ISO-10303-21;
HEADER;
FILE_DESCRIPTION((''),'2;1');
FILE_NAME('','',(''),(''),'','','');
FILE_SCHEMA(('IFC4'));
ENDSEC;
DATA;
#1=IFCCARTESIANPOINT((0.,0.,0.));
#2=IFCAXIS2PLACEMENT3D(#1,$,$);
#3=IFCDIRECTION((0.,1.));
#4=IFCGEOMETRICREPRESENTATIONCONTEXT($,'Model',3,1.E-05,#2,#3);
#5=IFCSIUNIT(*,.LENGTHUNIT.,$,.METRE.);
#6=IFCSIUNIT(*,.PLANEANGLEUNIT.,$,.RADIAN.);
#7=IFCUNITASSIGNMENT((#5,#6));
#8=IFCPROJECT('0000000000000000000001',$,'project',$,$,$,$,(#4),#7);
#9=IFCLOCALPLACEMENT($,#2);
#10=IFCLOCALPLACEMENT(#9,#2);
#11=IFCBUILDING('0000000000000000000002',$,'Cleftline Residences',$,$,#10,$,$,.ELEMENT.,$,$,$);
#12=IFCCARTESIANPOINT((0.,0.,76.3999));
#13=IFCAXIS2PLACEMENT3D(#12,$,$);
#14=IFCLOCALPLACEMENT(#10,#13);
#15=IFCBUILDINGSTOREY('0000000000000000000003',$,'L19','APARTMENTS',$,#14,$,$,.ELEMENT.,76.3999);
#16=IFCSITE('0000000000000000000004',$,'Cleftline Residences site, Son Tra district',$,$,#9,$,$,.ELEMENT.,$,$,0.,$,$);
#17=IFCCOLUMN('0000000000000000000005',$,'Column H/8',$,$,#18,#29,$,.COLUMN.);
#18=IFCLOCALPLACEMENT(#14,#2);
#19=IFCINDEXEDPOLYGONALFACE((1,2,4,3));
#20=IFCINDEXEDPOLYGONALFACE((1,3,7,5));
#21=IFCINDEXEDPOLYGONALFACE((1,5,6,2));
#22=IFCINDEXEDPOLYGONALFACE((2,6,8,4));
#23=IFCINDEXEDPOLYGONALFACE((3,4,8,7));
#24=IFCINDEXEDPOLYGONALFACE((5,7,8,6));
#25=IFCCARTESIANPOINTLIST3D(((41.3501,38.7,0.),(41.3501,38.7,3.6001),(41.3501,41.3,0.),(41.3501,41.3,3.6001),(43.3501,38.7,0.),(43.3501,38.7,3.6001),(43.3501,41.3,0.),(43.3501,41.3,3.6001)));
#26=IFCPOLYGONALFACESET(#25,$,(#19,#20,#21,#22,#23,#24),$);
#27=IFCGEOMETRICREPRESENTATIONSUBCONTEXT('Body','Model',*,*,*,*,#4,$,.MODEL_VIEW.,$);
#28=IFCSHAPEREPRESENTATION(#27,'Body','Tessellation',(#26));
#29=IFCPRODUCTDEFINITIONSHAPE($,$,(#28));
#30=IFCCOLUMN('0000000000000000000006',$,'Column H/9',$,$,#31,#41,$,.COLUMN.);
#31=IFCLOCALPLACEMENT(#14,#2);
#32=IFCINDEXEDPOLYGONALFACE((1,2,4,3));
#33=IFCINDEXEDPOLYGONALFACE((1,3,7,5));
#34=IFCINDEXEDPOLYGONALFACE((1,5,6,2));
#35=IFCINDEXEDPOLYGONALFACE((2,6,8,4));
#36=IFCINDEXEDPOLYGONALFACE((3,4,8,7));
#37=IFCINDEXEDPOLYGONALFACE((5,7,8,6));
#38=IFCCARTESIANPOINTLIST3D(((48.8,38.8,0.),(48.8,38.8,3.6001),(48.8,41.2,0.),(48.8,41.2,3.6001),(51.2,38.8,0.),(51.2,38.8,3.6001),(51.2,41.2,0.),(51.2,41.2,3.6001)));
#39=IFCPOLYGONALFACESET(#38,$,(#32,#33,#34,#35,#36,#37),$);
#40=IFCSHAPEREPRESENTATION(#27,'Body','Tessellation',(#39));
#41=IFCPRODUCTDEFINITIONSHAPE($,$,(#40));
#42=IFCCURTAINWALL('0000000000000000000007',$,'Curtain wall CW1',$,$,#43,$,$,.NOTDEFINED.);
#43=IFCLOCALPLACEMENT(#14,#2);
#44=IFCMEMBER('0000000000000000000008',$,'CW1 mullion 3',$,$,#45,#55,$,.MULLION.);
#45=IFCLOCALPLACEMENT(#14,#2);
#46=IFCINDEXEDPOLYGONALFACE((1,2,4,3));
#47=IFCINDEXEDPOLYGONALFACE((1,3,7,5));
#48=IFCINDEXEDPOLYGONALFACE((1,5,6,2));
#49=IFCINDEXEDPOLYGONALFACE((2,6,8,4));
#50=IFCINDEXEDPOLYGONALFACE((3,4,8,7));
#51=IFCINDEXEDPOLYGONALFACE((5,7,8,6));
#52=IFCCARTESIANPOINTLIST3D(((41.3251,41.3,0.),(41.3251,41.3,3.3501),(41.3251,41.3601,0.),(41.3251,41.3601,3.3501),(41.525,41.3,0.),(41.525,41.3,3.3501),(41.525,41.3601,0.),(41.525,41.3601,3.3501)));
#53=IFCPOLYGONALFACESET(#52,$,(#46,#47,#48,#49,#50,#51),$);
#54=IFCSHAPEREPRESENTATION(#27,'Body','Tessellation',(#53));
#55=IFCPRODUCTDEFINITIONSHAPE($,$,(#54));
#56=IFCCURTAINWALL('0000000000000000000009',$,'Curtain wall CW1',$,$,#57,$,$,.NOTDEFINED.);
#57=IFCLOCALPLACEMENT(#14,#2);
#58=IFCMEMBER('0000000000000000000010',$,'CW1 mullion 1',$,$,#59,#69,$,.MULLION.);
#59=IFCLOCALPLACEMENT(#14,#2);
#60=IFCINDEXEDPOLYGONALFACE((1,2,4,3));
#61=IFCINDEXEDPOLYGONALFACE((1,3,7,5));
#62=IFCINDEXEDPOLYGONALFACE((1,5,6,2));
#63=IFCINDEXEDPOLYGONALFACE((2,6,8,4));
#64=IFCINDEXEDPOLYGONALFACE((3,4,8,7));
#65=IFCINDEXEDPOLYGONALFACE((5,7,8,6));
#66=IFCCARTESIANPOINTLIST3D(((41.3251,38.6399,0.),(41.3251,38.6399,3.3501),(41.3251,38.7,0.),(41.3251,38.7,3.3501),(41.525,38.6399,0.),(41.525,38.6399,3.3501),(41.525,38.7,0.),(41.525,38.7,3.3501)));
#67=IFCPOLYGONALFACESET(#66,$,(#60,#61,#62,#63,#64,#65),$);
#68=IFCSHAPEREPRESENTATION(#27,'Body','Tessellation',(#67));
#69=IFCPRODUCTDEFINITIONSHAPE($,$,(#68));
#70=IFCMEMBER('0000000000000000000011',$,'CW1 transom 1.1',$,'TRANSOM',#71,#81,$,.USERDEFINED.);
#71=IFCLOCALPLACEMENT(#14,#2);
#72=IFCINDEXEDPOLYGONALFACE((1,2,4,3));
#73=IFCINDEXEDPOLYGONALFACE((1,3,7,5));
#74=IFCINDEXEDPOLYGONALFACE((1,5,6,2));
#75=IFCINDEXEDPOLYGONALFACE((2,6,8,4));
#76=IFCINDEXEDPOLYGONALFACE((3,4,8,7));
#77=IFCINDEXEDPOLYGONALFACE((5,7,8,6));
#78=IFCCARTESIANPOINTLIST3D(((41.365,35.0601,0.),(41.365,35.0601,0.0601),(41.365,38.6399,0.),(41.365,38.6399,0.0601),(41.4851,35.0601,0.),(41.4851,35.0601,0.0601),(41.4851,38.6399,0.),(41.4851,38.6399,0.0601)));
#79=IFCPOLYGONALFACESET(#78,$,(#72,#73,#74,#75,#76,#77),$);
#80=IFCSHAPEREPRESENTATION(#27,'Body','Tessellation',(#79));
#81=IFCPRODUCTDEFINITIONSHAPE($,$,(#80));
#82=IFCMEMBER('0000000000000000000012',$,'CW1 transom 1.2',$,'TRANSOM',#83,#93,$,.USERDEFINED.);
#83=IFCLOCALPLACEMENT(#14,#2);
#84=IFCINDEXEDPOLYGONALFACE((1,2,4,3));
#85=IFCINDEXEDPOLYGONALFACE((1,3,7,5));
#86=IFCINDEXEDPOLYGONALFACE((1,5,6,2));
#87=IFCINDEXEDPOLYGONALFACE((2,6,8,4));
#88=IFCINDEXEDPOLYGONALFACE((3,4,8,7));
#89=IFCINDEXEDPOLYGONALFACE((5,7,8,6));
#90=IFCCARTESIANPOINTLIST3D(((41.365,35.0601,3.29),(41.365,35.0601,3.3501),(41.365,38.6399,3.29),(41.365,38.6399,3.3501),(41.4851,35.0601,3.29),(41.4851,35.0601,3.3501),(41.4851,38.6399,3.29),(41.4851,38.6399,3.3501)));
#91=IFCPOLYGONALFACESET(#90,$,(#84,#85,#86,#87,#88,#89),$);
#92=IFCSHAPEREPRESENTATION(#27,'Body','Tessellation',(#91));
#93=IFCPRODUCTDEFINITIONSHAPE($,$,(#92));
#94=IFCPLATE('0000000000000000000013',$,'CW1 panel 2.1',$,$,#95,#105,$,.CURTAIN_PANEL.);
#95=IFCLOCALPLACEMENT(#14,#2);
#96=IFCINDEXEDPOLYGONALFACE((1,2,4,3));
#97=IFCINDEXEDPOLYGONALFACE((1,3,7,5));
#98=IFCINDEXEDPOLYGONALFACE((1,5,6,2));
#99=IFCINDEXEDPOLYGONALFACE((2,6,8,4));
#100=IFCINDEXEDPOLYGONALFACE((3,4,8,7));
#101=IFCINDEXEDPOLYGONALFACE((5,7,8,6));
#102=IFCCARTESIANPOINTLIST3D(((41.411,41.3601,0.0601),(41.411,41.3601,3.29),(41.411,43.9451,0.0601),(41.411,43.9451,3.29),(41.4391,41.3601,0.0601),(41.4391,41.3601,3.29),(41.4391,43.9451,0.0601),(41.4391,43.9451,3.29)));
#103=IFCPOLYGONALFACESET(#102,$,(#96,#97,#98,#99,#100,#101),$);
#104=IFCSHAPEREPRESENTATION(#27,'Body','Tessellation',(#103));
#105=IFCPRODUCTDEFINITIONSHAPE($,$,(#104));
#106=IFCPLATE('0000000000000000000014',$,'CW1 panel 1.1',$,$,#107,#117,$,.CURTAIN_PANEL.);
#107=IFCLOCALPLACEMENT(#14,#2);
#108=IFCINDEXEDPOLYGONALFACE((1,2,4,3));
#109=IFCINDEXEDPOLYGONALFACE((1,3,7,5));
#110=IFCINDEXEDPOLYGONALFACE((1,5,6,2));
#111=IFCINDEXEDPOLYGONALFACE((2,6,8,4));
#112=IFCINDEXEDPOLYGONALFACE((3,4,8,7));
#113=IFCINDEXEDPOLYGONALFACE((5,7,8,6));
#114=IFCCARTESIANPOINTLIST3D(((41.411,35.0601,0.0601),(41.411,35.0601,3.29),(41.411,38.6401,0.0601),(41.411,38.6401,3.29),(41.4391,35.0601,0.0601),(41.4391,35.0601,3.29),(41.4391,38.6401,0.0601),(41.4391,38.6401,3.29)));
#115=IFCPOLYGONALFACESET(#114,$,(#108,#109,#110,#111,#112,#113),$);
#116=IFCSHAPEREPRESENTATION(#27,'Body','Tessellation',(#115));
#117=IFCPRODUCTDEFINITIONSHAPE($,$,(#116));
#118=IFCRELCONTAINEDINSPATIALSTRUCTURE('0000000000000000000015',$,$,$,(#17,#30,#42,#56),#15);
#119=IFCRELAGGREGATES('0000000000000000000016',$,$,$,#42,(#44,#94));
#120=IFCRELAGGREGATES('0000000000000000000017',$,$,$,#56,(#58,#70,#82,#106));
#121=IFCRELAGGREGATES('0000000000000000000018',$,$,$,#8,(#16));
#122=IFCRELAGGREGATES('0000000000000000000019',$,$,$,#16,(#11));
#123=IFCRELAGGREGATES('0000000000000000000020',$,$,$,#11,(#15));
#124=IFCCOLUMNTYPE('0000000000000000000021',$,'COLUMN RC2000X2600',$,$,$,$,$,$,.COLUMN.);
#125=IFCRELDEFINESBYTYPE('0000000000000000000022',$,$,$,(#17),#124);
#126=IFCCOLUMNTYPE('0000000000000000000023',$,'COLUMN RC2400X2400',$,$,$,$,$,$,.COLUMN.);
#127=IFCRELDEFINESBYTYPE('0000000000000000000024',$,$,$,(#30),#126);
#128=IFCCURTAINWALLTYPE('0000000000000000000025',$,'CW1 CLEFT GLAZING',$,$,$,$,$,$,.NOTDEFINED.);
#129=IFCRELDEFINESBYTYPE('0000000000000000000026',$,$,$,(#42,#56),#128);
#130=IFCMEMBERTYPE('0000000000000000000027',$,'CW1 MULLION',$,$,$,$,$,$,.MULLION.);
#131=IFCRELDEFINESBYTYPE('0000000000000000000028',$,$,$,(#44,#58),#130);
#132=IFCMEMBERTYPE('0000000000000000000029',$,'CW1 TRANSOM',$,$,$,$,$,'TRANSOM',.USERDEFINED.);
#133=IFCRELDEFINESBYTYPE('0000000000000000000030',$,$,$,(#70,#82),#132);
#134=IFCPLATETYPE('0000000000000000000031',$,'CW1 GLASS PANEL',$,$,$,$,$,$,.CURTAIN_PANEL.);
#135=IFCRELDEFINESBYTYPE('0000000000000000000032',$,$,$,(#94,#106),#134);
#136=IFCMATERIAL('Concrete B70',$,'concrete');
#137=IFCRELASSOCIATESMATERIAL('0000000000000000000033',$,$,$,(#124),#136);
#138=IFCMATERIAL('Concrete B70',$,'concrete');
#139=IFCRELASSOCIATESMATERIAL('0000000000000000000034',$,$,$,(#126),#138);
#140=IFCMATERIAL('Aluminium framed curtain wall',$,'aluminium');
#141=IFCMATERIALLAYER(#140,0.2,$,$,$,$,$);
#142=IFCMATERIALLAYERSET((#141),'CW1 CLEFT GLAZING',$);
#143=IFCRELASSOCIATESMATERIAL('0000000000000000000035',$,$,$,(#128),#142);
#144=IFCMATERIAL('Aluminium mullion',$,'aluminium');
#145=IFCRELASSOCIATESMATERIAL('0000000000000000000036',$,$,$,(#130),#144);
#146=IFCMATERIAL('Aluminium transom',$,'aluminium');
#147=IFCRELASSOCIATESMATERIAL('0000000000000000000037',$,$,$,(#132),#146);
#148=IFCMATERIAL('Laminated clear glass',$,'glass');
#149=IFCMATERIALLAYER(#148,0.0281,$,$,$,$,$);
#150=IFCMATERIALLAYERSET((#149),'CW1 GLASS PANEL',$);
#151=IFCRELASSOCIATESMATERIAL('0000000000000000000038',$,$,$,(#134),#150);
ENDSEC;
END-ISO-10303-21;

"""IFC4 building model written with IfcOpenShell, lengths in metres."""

from ifc_helpers import new_model, si_unit, direction, frame, origin, origin_2d, place, context, subcontext, project, spatial, rectangle, extrude, material, layer, layer_set, material_profile, profile_set, type_object, element, aggregate, save


model = new_model("IFC4")

# Units and contexts
model_context = context("Model", 3, precision=1e-05, world=origin(), true_north=direction((0.0, 1.0)))
body_context = subcontext(model_context, "Body", "Model", "MODEL_VIEW")
ifc_project = project(units=[si_unit("LENGTHUNIT", "METRE"), si_unit("PLANEANGLEUNIT", "RADIAN")], contexts=[model_context])

# Site, building, storey
site_placement = place(None, origin())
site = spatial("IfcSite", under=ifc_project, at=site_placement, Name="Cleftline Residences site, Son Tra district", CompositionType="ELEMENT", RefElevation=0.0)
building_placement = place(site_placement, origin())
building = spatial("IfcBuilding", under=site, at=building_placement, Name="Cleftline Residences", CompositionType="ELEMENT")
storey_placement = place(building_placement, frame((0.0, 0.0, 76.3999)))
storey = spatial("IfcBuildingStorey", under=building, at=storey_placement, Name="L19", Description="APARTMENTS", CompositionType="ELEMENT", Elevation=76.3999)

# Columns
ifc_material_1 = material(Name="Concrete B70", Category="concrete")
ifc_material_profile_1 = material_profile(ifc_material_1, rectangle(XDim=2.0, YDim=2.6001, at=origin_2d()))
ifc_profile_set_1 = profile_set([ifc_material_profile_1], Name="Concrete B70")
column_type_1 = type_object("IfcColumnType", Name="COLUMN RC2000X2600", PredefinedType="COLUMN", material=ifc_profile_set_1)
column_1_placement = place(storey_placement, frame((42.3501, 40.0, 0.0), z_axis=(0.0, 0.0, 1.0), x_axis=(1.0, 0.0, 0.0)))
element("IfcColumn", 1, at=column_1_placement, inside=storey, type_object=column_type_1, Name="Column H/8", PredefinedType="COLUMN", context=body_context, shape_type="SweptSolid", body=[
    extrude(rectangle(XDim=2.0, YDim=2.6001, at=origin_2d()), origin(), (0.0, 0.0, 1.0), 3.6001),
])
ifc_material_2 = material(Name="Concrete B70", Category="concrete")
ifc_material_profile_2 = material_profile(ifc_material_2, rectangle(XDim=2.3999, YDim=2.3999, at=origin_2d()))
ifc_profile_set_2 = profile_set([ifc_material_profile_2], Name="Concrete B70")
column_type_2 = type_object("IfcColumnType", Name="COLUMN RC2400X2400", PredefinedType="COLUMN", material=ifc_profile_set_2)
column_2_placement = place(storey_placement, frame((50.0, 40.0, 0.0), z_axis=(0.0, 0.0, 1.0), x_axis=(1.0, 0.0, 0.0)))
element("IfcColumn", 2, at=column_2_placement, inside=storey, type_object=column_type_2, Name="Column H/9", PredefinedType="COLUMN", context=body_context, shape_type="SweptSolid", body=[
    extrude(rectangle(XDim=2.3999, YDim=2.3999, at=origin_2d()), origin(), (0.0, 0.0, 1.0), 3.6001),
])

# Curtain wall, member
ifc_material_3 = material(Name="Aluminium framed curtain wall", Category="aluminium")
ifc_layer_1 = layer(ifc_material_3, 0.2)
ifc_layer_set_1 = layer_set([ifc_layer_1], Name="CW1 CLEFT GLAZING")
curtain_wall_type = type_object("IfcCurtainWallType", Name="CW1 CLEFT GLAZING", PredefinedType="NOTDEFINED", material=ifc_layer_set_1)
curtain_wall_1_placement = place(storey_placement, origin())
curtain_wall_1 = element("IfcCurtainWall", 3, at=curtain_wall_1_placement, inside=storey, type_object=curtain_wall_type, Name="Curtain wall CW1", PredefinedType="NOTDEFINED")
ifc_material_4 = material(Name="Aluminium mullion", Category="aluminium")
ifc_material_profile_3 = material_profile(ifc_material_4, rectangle(XDim=0.2, YDim=0.0601, at=origin_2d()))
ifc_profile_set_3 = profile_set([ifc_material_profile_3], Name="Aluminium mullion")
member_type_1 = type_object("IfcMemberType", Name="CW1 MULLION", PredefinedType="MULLION", material=ifc_profile_set_3)
member_1_placement = place(storey_placement, frame((41.425, 41.3301, 0.0), z_axis=(0.0, 0.0, 1.0), x_axis=(1.0, 0.0, 0.0)))
member_1 = element("IfcMember", 4, at=member_1_placement, type_object=member_type_1, Name="CW1 mullion 3", PredefinedType="MULLION", context=body_context, shape_type="SweptSolid", body=[
    extrude(rectangle(XDim=0.2, YDim=0.0601, at=origin_2d()), origin(), (0.0, 0.0, 1.0), 3.3501),
])

# Curtain wall, members
curtain_wall_2_placement = place(storey_placement, origin())
curtain_wall_2 = element("IfcCurtainWall", 5, at=curtain_wall_2_placement, inside=storey, type_object=curtain_wall_type, Name="Curtain wall CW1", PredefinedType="NOTDEFINED")
member_2_placement = place(storey_placement, frame((41.425, 38.6699, 0.0), z_axis=(0.0, 0.0, 1.0), x_axis=(1.0, 0.0, 0.0)))
member_2 = element("IfcMember", 6, at=member_2_placement, type_object=member_type_1, Name="CW1 mullion 1", PredefinedType="MULLION", context=body_context, shape_type="SweptSolid", body=[
    extrude(rectangle(XDim=0.2, YDim=0.0601, at=origin_2d()), origin(), (0.0, 0.0, 1.0), 3.3501),
])
ifc_material_5 = material(Name="Aluminium transom", Category="aluminium")
ifc_material_profile_4 = material_profile(ifc_material_5, rectangle(XDim=0.1201, YDim=0.0601, at=origin_2d()))
ifc_profile_set_4 = profile_set([ifc_material_profile_4], Name="Aluminium transom")
member_type_2 = type_object("IfcMemberType", Name="CW1 TRANSOM", ElementType="TRANSOM", PredefinedType="USERDEFINED", material=ifc_profile_set_4)
member_3_placement = place(storey_placement, frame((41.425, 38.6399, 0.03), z_axis=(0.0, -1.0, 0.0), x_axis=(1.0, 0.0, 0.0)))
member_3 = element("IfcMember", 7, at=member_3_placement, type_object=member_type_2, Name="CW1 transom 1.1", ObjectType="TRANSOM", PredefinedType="USERDEFINED", context=body_context, shape_type="SweptSolid", body=[
    extrude(rectangle(XDim=0.1201, YDim=0.0601, at=origin_2d()), origin(), (0.0, 0.0, 1.0), 3.5798),
])
member_4_placement = place(storey_placement, frame((41.425, 38.6399, 3.3201), z_axis=(0.0, -1.0, 0.0), x_axis=(1.0, 0.0, 0.0)))
member_4 = element("IfcMember", 8, at=member_4_placement, type_object=member_type_2, Name="CW1 transom 1.2", ObjectType="TRANSOM", PredefinedType="USERDEFINED", context=body_context, shape_type="SweptSolid", body=[
    extrude(rectangle(XDim=0.1201, YDim=0.0601, at=origin_2d()), origin(), (0.0, 0.0, 1.0), 3.5798),
])

# Plates
ifc_material_6 = material(Name="Laminated clear glass", Category="glass")
ifc_layer_2 = layer(ifc_material_6, 0.0281)
ifc_layer_set_2 = layer_set([ifc_layer_2], Name="CW1 GLASS PANEL")
plate_type = type_object("IfcPlateType", Name="CW1 GLASS PANEL", PredefinedType="CURTAIN_PANEL", material=ifc_layer_set_2)
plate_1_placement = place(storey_placement, frame((41.425, 42.6526, 0.0601), z_axis=(0.0, 0.0, 1.0), x_axis=(0.0, -1.0, 0.0)))
plate_1 = element("IfcPlate", 9, at=plate_1_placement, type_object=plate_type, Name="CW1 panel 2.1", PredefinedType="CURTAIN_PANEL", context=body_context, shape_type="SweptSolid", body=[
    extrude(rectangle(XDim=2.585, YDim=0.0281, at=origin_2d()), origin(), (0.0, 0.0, 1.0), 3.23),
])
aggregate(curtain_wall_1, [member_1, plate_1])
plate_2_placement = place(storey_placement, frame((41.425, 36.8501, 0.0601), z_axis=(0.0, 0.0, 1.0), x_axis=(0.0, -1.0, 0.0)))
plate_2 = element("IfcPlate", 10, at=plate_2_placement, type_object=plate_type, Name="CW1 panel 1.1", PredefinedType="CURTAIN_PANEL", context=body_context, shape_type="SweptSolid", body=[
    extrude(rectangle(XDim=3.5801, YDim=0.0281, at=origin_2d()), origin(), (0.0, 0.0, 1.0), 3.23),
])
aggregate(curtain_wall_2, [member_2, member_3, member_4, plate_2])

save(model, "model.ifc")
